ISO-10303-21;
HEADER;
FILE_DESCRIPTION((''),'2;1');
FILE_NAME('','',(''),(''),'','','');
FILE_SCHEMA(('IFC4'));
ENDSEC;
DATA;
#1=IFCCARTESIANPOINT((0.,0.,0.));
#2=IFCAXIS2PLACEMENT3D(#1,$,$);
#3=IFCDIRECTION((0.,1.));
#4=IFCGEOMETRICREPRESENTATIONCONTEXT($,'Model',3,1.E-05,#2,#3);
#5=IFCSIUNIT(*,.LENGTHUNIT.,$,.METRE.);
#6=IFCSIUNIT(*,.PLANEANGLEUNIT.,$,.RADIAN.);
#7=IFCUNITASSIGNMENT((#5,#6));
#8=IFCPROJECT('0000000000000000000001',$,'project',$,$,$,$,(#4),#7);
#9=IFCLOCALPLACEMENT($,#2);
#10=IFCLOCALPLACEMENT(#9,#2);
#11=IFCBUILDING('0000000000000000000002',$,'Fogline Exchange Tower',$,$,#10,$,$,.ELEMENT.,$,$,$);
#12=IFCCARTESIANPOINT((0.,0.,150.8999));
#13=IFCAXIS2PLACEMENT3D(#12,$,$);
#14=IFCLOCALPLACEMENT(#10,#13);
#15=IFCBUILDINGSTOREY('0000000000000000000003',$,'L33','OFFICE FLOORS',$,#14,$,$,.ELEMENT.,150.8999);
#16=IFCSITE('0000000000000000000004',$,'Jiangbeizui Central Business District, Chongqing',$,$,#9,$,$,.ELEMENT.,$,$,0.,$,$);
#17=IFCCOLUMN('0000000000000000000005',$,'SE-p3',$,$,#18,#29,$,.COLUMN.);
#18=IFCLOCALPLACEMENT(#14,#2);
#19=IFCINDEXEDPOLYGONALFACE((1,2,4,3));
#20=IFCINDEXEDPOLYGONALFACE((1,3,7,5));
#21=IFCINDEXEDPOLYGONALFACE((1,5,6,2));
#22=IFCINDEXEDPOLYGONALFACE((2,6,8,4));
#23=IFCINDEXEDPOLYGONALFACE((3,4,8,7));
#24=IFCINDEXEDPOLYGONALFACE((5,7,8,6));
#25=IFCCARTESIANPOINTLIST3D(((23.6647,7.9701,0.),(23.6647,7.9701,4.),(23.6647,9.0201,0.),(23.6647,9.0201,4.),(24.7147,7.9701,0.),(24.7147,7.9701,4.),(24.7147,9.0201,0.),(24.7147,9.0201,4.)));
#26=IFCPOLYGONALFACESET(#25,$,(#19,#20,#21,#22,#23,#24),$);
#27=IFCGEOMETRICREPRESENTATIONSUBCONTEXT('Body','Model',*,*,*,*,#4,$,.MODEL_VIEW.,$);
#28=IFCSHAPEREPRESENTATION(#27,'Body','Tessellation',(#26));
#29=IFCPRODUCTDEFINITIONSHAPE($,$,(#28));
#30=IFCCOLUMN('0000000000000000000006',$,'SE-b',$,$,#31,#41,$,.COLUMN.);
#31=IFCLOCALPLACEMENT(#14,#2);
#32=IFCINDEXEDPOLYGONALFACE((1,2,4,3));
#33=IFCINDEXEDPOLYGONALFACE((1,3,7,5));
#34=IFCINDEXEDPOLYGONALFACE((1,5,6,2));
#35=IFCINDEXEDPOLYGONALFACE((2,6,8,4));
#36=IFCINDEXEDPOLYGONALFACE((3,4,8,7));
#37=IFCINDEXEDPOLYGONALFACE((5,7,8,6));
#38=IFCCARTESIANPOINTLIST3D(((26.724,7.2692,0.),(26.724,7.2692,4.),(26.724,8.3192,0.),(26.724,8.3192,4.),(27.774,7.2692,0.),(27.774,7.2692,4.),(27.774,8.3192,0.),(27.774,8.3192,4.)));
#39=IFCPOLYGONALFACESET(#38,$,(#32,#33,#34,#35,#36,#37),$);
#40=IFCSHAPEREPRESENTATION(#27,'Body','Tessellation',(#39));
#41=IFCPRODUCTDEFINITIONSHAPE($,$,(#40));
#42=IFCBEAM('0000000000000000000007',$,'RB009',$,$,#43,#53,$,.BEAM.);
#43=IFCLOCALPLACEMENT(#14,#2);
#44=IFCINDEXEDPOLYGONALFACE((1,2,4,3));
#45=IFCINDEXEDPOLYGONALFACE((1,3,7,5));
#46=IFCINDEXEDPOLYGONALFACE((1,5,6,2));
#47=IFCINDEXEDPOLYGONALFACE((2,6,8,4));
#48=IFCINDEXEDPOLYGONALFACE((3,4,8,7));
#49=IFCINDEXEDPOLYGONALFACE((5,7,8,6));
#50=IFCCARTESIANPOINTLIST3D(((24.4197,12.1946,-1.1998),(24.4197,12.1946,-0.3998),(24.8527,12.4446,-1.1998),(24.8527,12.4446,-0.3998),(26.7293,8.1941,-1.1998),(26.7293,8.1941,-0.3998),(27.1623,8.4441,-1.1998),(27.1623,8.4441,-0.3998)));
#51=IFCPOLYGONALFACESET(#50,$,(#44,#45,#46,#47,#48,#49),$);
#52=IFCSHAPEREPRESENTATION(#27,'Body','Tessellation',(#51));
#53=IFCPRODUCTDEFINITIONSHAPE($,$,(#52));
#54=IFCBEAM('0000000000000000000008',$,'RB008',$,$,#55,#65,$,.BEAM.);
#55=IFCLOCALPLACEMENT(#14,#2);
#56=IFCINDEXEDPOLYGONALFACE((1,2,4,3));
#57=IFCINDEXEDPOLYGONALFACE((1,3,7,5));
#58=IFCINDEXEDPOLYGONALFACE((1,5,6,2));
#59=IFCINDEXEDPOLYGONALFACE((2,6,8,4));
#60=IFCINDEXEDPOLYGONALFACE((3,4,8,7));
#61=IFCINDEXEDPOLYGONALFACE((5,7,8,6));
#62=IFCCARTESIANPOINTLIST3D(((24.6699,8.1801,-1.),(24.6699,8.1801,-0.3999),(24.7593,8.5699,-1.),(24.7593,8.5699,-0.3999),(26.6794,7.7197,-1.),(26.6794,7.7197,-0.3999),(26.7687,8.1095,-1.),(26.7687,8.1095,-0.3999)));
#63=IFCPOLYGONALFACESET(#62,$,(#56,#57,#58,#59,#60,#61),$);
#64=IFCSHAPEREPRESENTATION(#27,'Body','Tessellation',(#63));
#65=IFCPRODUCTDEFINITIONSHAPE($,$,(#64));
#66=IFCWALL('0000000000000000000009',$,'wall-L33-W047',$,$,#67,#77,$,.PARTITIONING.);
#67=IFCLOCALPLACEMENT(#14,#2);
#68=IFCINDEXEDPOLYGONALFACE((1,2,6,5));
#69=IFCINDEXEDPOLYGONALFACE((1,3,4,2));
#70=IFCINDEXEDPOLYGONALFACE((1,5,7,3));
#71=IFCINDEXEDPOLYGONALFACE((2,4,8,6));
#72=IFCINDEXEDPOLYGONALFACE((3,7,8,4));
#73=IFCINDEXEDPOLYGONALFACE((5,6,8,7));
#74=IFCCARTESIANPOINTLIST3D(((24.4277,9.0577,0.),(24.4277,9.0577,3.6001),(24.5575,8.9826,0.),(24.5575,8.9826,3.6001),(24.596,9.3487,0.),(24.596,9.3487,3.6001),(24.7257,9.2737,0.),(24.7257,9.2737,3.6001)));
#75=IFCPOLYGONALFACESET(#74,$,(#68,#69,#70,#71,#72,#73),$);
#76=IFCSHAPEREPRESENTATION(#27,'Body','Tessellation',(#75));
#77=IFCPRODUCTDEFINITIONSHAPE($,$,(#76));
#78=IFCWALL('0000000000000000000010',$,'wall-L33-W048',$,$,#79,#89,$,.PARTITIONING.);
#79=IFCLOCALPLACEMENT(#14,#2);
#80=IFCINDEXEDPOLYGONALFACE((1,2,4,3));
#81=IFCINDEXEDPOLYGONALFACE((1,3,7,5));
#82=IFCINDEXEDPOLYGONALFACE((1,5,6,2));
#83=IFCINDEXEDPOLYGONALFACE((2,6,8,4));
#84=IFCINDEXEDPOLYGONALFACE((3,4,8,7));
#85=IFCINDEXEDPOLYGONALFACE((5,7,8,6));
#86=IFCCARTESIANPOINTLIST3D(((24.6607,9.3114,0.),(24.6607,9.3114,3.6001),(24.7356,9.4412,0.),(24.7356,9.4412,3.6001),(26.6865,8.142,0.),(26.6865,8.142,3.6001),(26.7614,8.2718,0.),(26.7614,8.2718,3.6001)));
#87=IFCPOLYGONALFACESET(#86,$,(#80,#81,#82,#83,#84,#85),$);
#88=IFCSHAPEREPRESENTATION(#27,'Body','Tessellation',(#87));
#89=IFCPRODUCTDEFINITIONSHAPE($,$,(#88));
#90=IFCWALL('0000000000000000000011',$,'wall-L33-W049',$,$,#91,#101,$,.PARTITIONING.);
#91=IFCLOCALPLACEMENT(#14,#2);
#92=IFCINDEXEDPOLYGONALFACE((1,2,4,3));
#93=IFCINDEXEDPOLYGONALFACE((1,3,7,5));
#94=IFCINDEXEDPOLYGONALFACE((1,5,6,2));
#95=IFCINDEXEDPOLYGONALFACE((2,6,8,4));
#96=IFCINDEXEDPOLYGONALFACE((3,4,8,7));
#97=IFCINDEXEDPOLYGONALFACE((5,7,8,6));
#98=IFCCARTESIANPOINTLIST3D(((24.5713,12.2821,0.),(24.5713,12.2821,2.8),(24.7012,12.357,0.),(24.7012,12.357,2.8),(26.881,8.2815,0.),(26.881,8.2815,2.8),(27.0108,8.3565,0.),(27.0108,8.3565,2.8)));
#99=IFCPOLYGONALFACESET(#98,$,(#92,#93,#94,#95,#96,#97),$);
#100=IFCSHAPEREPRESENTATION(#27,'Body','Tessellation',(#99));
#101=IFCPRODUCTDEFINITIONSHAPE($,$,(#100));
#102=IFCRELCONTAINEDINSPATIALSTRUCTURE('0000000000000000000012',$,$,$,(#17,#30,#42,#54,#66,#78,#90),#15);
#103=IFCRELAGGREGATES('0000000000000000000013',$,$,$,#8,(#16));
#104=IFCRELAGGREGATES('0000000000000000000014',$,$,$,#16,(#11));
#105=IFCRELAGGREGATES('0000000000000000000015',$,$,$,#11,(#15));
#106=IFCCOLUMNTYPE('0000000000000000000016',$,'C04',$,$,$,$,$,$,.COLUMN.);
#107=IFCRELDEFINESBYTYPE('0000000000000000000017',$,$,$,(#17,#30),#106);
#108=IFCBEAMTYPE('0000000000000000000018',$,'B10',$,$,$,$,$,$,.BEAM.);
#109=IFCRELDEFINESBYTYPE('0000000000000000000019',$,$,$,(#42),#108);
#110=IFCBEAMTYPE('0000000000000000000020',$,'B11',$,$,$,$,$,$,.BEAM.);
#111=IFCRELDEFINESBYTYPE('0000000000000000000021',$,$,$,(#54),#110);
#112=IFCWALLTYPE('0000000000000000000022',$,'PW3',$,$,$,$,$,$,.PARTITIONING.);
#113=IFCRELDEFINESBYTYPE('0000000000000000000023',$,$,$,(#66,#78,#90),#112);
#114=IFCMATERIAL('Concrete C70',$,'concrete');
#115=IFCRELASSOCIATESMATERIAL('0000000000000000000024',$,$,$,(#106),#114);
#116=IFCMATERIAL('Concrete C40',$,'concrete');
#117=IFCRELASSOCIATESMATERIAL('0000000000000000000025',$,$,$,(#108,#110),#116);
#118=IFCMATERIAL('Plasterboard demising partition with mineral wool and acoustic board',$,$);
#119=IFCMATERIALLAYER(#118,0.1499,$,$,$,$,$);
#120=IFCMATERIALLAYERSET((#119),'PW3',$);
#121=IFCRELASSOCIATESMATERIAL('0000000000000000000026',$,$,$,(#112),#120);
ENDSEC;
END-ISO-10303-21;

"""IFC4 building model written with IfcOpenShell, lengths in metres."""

from ifc_helpers import new_model, si_unit, direction, frame, frame_2d, origin, origin_2d, place, context, subcontext, project, spatial, rectangle, extrude, material, layer, layer_set, material_profile, profile_set, type_object, element, save


model = new_model("IFC4")

# Units and contexts
model_context = context("Model", 3, precision=1e-05, world=origin(), true_north=direction((0.0, 1.0)))
body_context = subcontext(model_context, "Body", "Model", "MODEL_VIEW")
ifc_project = project(units=[si_unit("LENGTHUNIT", "METRE"), si_unit("PLANEANGLEUNIT", "RADIAN")], contexts=[model_context])

# Site, building, storey
site_placement = place(None, origin())
site = spatial("IfcSite", under=ifc_project, at=site_placement, Name="Jiangbeizui Central Business District, Chongqing", CompositionType="ELEMENT", RefElevation=0.0)
building_placement = place(site_placement, origin())
building = spatial("IfcBuilding", under=site, at=building_placement, Name="Fogline Exchange Tower", CompositionType="ELEMENT")
storey_placement = place(building_placement, frame((0.0, 0.0, 150.8999)))
storey = spatial("IfcBuildingStorey", under=building, at=storey_placement, Name="L33", Description="OFFICE FLOORS", CompositionType="ELEMENT", Elevation=150.8999)

# Columns
ifc_material_1 = material(Name="Concrete C70", Category="concrete")
ifc_material_profile_1 = material_profile(ifc_material_1, rectangle(XDim=1.05, YDim=1.05, at=origin_2d()), Name="RC 1050x1050")
ifc_profile_set_1 = profile_set([ifc_material_profile_1], Name="Concrete C70")
column_type = type_object("IfcColumnType", Name="C04", PredefinedType="COLUMN", material=ifc_profile_set_1)
for number, where, z_axis, x_axis, name in (
    (1, (24.1897, 8.4951, 0.0), (0.0, 0.0, 1.0), (1.0, 0.0, 0.0), "SE-p3"),
    (2, (27.249, 7.7942, 0.0), (0.0, 0.0, 1.0), (1.0, 0.0, 0.0), "SE-b"),
):
    element("IfcColumn", number, at=place(storey_placement, frame(where, z_axis=z_axis, x_axis=x_axis)), inside=storey, type_object=column_type, Name=name, PredefinedType="COLUMN", context=body_context, shape_type="SweptSolid", body=[
        extrude(rectangle(XDim=1.05, YDim=1.05, at=origin_2d()), origin(), (0.0, 0.0, 1.0), 4.0),
    ])

# Beams
ifc_material_2 = material(Name="Concrete C40", Category="concrete")
ifc_material_profile_2 = material_profile(ifc_material_2, rectangle(XDim=0.5, YDim=0.8, at=origin_2d()), Name="RC 500x800")
ifc_profile_set_2 = profile_set([ifc_material_profile_2], Name="Concrete C40")
beam_type_1 = type_object("IfcBeamType", Name="B10", PredefinedType="BEAM", material=ifc_profile_set_2)
beam_1_placement = place(storey_placement, frame((26.9458, 8.3191, -0.7998), z_axis=(-0.499982, 0.866036, 0.0), x_axis=(-0.866036, -0.499982, 0.0)))
element("IfcBeam", 3, at=beam_1_placement, inside=storey, type_object=beam_type_1, Name="RB009", PredefinedType="BEAM", context=body_context, shape_type="SweptSolid", body=[
    extrude(rectangle(XDim=0.5, YDim=0.8, at=origin_2d()), origin(), (0.0, 0.0, 1.0), 4.6194),
])
ifc_material_profile_3 = material_profile(ifc_material_2, rectangle(XDim=0.3999, YDim=0.6001, at=origin_2d()), Name="RC 400x600")
ifc_profile_set_3 = profile_set([ifc_material_profile_3], Name="Concrete C40")
beam_type_2 = type_object("IfcBeamType", Name="B11", PredefinedType="BEAM", material=ifc_profile_set_3)
beam_2_placement = place(storey_placement, frame((24.7146, 8.375, -0.7), z_axis=(0.974739, -0.223346, 0.0), x_axis=(0.223346, 0.974739, 0.0)))
element("IfcBeam", 4, at=beam_2_placement, inside=storey, type_object=beam_type_2, Name="RB008", PredefinedType="BEAM", context=body_context, shape_type="SweptSolid", body=[
    extrude(rectangle(XDim=0.3999, YDim=0.6001, at=origin_2d()), origin(), (0.0, 0.0, 1.0), 2.0615),
])

# Walls
ifc_material_3 = material(Name="Plasterboard demising partition with mineral wool and acoustic board")
ifc_layer_1 = layer(ifc_material_3, 0.1499)
ifc_layer_set_1 = layer_set([ifc_layer_1], Name="PW3")
wall_type_1 = type_object("IfcWallType", Name="PW3", PredefinedType="PARTITIONING", material=ifc_layer_set_1)
wall_1_placement = place(storey_placement, frame((24.4927, 9.0203, 0.0), z_axis=(0.0, 0.0, 1.0), x_axis=(0.500435, 0.865774, 0.0)))
element("IfcWall", 5, at=wall_1_placement, inside=storey, type_object=wall_type_1, Name="wall-L33-W047", PredefinedType="PARTITIONING", context=body_context, shape_type="SweptSolid", body=[
    extrude(rectangle(XDim=0.3362, YDim=0.1499, at=frame_2d((0.168, 0.0))), origin(), (0.0, 0.0, 1.0), 3.6001),
])
wall_2_placement = place(storey_placement, frame((24.6982, 9.3762, 0.0), z_axis=(0.0, 0.0, 1.0), x_axis=(0.866064, -0.499933, 0.0)))
element("IfcWall", 6, at=wall_2_placement, inside=storey, type_object=wall_type_1, Name="wall-L33-W048", PredefinedType="PARTITIONING", context=body_context, shape_type="SweptSolid", body=[
    extrude(rectangle(XDim=2.3391, YDim=0.1499, at=frame_2d((1.1694, 0.0))), origin(), (0.0, 0.0, 1.0), 3.6001),
])
wall_3_placement = place(storey_placement, frame((26.9458, 8.3191, 0.0), z_axis=(0.0, 0.0, 1.0), x_axis=(-0.499982, 0.866036, 0.0)))
element("IfcWall", 7, at=wall_3_placement, inside=storey, type_object=wall_type_1, Name="wall-L33-W049", PredefinedType="PARTITIONING", context=body_context, shape_type="SweptSolid", body=[
    extrude(rectangle(XDim=4.6194, YDim=0.1499, at=frame_2d((2.3096, 0.0))), origin(), (0.0, 0.0, 1.0), 2.8),
])

save(model, "model.ifc")
